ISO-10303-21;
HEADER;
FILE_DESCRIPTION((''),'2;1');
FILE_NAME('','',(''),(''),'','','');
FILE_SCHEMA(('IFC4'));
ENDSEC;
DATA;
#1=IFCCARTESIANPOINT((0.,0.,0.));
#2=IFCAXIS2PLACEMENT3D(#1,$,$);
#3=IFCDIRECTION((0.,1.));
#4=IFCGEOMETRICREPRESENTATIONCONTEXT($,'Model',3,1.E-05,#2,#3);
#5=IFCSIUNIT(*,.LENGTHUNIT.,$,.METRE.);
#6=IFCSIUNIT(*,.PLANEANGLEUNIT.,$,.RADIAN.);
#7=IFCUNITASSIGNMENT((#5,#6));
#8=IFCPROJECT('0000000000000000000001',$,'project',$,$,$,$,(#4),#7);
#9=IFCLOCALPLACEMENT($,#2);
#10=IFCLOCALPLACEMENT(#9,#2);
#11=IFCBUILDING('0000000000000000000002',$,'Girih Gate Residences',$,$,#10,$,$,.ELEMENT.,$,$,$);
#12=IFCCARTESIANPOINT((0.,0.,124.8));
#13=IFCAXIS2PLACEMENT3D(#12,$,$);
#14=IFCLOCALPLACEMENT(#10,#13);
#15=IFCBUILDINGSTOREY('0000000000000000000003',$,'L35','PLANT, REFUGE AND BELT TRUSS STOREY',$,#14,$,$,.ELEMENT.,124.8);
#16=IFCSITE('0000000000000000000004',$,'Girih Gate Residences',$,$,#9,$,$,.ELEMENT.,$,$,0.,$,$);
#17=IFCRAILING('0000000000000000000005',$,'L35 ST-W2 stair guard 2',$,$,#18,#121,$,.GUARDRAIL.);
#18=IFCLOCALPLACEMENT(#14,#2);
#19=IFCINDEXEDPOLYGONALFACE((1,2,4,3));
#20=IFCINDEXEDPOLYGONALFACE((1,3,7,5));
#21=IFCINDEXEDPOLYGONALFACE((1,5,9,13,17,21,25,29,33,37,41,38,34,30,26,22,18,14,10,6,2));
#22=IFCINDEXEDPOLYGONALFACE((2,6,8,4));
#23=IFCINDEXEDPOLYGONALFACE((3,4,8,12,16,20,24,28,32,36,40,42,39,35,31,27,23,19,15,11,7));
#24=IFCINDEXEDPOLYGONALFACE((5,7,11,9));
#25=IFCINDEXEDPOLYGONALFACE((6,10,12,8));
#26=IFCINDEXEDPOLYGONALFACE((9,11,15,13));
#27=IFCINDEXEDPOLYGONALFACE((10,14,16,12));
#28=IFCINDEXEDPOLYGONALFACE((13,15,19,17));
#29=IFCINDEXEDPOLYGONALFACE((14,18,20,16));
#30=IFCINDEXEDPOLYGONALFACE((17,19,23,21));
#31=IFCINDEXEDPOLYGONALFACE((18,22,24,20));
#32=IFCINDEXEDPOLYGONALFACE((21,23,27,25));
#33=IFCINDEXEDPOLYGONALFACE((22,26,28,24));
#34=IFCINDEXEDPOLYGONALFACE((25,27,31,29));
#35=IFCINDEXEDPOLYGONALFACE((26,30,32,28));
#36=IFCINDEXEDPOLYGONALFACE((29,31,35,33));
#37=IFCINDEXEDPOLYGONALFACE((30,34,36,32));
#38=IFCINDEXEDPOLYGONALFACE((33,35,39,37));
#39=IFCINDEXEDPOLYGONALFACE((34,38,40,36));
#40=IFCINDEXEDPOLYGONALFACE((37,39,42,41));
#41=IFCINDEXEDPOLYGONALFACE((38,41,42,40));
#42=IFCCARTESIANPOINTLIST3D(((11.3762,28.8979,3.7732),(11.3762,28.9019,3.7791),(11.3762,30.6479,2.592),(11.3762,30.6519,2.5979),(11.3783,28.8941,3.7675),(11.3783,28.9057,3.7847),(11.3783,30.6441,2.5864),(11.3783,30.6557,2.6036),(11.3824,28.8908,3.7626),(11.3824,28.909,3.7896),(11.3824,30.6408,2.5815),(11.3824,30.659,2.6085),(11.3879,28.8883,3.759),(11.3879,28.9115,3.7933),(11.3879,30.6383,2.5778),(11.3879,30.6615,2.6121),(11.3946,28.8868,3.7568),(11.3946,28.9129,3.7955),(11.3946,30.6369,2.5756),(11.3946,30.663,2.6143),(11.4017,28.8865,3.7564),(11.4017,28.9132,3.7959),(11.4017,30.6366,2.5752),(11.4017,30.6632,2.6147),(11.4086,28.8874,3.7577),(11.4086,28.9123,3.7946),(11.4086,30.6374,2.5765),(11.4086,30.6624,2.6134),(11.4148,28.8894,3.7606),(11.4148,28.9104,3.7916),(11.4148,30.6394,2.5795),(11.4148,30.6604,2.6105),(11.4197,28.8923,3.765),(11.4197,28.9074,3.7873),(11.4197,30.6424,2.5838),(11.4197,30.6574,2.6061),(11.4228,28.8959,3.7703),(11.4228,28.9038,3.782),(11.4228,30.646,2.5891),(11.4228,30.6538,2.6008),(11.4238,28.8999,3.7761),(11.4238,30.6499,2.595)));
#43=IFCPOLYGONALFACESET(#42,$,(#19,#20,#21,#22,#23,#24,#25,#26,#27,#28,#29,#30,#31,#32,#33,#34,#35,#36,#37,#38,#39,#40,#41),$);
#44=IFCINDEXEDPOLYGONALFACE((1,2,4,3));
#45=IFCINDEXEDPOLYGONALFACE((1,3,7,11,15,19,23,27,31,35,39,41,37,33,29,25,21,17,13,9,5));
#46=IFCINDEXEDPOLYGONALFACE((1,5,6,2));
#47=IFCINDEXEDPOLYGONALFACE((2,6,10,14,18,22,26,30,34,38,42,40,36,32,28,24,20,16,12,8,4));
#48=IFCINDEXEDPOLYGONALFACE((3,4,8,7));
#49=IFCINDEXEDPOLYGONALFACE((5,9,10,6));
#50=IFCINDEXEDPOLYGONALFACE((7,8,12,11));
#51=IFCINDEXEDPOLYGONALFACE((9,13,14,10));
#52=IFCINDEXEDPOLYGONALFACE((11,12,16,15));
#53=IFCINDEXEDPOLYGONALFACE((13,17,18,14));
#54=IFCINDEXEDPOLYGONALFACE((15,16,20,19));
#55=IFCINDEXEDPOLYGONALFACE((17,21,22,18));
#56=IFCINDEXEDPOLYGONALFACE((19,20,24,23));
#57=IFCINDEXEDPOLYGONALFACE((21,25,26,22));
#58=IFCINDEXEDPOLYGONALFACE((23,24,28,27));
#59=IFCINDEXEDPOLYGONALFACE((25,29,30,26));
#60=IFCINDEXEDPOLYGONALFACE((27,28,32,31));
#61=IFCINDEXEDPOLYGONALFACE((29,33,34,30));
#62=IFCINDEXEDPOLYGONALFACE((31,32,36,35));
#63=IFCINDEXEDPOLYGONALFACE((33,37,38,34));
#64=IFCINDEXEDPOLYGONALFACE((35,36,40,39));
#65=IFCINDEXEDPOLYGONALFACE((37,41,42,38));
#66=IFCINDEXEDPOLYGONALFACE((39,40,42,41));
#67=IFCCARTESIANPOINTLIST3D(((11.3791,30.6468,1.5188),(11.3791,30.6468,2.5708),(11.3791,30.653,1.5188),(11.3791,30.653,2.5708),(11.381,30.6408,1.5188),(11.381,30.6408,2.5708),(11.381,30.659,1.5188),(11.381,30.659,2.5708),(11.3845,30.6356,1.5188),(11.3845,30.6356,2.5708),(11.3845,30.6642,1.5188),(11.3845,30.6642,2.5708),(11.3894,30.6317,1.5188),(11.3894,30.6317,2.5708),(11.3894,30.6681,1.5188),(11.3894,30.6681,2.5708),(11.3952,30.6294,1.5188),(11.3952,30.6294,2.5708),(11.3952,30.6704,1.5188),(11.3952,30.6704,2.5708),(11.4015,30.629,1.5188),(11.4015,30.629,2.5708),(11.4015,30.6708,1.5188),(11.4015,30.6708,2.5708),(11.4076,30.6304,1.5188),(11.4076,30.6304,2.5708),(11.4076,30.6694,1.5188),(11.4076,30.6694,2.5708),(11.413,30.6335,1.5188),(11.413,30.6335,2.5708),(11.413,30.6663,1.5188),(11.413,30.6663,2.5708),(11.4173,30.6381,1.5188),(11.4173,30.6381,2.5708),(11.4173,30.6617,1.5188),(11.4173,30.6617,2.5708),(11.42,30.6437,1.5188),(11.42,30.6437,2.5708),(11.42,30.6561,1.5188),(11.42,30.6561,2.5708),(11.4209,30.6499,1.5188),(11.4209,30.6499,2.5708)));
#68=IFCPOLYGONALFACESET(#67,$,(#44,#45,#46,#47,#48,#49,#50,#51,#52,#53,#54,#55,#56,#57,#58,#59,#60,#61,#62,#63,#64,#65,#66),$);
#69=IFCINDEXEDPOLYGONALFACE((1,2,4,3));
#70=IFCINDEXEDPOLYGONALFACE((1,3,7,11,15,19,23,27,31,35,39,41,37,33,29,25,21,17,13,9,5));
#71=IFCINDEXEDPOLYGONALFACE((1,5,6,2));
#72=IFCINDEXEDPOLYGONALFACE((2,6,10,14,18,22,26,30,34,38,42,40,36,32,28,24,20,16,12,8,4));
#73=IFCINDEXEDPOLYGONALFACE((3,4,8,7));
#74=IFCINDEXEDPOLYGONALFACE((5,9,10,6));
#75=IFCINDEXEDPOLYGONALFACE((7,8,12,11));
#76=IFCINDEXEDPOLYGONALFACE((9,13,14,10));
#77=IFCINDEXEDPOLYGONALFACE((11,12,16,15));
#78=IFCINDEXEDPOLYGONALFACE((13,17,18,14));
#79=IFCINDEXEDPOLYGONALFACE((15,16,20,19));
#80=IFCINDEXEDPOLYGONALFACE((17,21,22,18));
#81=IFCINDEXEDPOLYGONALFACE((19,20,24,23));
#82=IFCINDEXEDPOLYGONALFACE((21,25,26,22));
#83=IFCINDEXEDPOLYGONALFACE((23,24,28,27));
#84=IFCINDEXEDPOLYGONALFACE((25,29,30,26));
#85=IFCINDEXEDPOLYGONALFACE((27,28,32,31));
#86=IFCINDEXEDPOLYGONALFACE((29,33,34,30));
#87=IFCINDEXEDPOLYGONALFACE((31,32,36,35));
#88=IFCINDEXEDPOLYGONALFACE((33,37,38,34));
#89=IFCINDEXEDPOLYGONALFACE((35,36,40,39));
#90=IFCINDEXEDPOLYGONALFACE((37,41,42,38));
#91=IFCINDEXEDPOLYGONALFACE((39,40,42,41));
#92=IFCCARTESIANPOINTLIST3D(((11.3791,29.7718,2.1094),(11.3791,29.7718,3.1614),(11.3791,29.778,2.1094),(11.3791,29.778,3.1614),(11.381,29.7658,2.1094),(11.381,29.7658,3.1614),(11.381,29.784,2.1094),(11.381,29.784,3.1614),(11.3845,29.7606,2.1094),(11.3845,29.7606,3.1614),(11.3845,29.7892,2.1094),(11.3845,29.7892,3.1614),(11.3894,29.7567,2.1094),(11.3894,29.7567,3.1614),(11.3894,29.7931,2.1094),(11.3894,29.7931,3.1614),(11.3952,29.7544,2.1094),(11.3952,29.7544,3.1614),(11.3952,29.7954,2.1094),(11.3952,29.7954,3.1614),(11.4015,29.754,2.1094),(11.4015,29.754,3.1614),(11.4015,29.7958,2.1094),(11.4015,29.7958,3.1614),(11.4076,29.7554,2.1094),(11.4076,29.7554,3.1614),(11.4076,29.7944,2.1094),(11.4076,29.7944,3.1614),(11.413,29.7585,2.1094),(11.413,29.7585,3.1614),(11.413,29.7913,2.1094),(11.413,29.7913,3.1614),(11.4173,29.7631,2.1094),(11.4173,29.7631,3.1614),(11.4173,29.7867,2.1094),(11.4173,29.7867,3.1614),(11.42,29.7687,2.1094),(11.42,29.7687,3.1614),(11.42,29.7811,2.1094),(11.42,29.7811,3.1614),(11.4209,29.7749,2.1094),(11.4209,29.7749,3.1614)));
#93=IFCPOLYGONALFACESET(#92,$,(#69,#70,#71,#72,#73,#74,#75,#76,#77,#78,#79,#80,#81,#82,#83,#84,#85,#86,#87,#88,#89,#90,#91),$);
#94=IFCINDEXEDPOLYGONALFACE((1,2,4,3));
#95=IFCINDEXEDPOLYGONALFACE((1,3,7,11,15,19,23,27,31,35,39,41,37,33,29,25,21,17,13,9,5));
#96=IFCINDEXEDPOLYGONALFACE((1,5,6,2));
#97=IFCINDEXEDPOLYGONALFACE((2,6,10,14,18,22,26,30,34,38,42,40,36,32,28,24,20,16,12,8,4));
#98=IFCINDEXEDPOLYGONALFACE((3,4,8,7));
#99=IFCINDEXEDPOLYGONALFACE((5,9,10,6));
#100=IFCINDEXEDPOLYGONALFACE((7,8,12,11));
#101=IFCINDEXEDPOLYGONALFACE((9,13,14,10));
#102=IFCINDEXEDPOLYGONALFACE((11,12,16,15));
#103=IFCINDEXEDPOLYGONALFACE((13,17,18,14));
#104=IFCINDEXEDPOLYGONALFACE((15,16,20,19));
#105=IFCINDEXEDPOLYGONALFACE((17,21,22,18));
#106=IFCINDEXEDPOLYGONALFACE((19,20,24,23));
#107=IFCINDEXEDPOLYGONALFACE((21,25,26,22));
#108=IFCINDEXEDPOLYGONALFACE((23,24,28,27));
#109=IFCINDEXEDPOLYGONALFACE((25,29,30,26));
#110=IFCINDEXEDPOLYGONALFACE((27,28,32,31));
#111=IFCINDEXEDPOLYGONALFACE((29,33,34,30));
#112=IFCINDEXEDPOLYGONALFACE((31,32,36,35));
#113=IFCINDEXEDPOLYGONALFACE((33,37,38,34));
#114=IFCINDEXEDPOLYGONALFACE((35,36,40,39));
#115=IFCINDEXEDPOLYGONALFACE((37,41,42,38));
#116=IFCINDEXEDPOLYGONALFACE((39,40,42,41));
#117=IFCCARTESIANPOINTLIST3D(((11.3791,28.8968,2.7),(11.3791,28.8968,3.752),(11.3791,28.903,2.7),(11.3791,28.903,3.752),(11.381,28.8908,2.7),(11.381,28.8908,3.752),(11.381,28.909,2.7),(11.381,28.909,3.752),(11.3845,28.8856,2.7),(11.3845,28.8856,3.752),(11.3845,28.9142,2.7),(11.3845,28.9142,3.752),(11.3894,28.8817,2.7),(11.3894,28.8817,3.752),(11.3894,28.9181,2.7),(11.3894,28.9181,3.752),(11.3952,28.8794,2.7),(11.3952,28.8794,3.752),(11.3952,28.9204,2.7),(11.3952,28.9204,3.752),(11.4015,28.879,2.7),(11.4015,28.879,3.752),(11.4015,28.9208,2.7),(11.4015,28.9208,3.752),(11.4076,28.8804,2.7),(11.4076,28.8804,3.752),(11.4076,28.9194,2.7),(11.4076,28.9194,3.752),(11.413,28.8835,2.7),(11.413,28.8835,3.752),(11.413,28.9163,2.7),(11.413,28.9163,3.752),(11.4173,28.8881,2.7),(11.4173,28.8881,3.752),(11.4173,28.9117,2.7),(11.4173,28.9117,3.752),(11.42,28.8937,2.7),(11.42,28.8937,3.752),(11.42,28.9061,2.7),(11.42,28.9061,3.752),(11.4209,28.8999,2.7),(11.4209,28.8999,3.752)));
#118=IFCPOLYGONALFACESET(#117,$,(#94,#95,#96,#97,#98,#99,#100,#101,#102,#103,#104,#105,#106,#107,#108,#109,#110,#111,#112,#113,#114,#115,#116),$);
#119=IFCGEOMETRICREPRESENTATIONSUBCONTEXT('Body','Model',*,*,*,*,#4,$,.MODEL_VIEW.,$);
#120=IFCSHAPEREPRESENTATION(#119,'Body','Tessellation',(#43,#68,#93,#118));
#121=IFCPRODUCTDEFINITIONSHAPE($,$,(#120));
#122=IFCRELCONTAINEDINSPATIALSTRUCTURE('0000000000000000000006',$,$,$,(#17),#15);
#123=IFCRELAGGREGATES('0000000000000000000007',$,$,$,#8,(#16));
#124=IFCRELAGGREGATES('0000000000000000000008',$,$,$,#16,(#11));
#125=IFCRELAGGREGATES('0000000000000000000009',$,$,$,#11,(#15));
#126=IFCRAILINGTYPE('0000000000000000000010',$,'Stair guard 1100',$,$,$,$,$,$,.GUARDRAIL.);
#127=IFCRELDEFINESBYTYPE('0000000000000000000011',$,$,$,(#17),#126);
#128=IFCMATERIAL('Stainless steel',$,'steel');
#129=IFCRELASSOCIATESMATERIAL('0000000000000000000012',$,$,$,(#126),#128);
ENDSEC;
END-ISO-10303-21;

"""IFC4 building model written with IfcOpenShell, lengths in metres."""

from ifc_helpers import new_model, si_unit, direction, frame, origin, origin_2d, place, context, subcontext, project, spatial, circle, extrude, material, type_object, element, save


model = new_model("IFC4")

# Units and contexts
model_context = context("Model", 3, precision=1e-05, world=origin(), true_north=direction((0.0, 1.0)))
body_context = subcontext(model_context, "Body", "Model", "MODEL_VIEW")
ifc_project = project(units=[si_unit("LENGTHUNIT", "METRE"), si_unit("PLANEANGLEUNIT", "RADIAN")], contexts=[model_context])

# Site, building, storey
site_placement = place(None, origin())
site = spatial("IfcSite", under=ifc_project, at=site_placement, Name="Girih Gate Residences", CompositionType="ELEMENT", RefElevation=0.0)
building_placement = place(site_placement, origin())
building = spatial("IfcBuilding", under=site, at=building_placement, Name="Girih Gate Residences", CompositionType="ELEMENT")
storey_placement = place(building_placement, frame((0.0, 0.0, 124.8)))
storey = spatial("IfcBuildingStorey", under=building, at=storey_placement, Name="L35", Description="PLANT, REFUGE AND BELT TRUSS STOREY", CompositionType="ELEMENT", Elevation=124.8)

# Railing
ifc_material_1 = material(Name="Stainless steel", Category="steel")
railing_type_1 = type_object("IfcRailingType", Name="Stair guard 1100", PredefinedType="GUARDRAIL", material=ifc_material_1)
railing_1_placement = place(storey_placement, frame((11.3999, 30.6499, 1.5188)))
element("IfcRailing", 1, at=railing_1_placement, inside=storey, type_object=railing_type_1, Name="L35 ST-W2 stair guard 2", PredefinedType="GUARDRAIL", context=body_context, shape_type="SweptSolid", body=[
    extrude(circle(Radius=0.0239, at=origin_2d()), frame((0.0, 0.0, 1.0762), z_axis=(0.0, -0.82887, 0.559441), x_axis=(1.0, 0.0, 0.0)), (0.0, 0.0, 1.0), 2.1113),
    extrude(circle(Radius=0.021, at=origin_2d()), origin(), (0.0, 0.0, 1.0), 1.052),
    extrude(circle(Radius=0.021, at=origin_2d()), frame((0.0, -0.875, 0.5906)), (0.0, 0.0, 1.0), 1.052),
    extrude(circle(Radius=0.021, at=origin_2d()), frame((0.0, -1.75, 1.1812)), (0.0, 0.0, 1.0), 1.052),
])

save(model, "model.ifc")
